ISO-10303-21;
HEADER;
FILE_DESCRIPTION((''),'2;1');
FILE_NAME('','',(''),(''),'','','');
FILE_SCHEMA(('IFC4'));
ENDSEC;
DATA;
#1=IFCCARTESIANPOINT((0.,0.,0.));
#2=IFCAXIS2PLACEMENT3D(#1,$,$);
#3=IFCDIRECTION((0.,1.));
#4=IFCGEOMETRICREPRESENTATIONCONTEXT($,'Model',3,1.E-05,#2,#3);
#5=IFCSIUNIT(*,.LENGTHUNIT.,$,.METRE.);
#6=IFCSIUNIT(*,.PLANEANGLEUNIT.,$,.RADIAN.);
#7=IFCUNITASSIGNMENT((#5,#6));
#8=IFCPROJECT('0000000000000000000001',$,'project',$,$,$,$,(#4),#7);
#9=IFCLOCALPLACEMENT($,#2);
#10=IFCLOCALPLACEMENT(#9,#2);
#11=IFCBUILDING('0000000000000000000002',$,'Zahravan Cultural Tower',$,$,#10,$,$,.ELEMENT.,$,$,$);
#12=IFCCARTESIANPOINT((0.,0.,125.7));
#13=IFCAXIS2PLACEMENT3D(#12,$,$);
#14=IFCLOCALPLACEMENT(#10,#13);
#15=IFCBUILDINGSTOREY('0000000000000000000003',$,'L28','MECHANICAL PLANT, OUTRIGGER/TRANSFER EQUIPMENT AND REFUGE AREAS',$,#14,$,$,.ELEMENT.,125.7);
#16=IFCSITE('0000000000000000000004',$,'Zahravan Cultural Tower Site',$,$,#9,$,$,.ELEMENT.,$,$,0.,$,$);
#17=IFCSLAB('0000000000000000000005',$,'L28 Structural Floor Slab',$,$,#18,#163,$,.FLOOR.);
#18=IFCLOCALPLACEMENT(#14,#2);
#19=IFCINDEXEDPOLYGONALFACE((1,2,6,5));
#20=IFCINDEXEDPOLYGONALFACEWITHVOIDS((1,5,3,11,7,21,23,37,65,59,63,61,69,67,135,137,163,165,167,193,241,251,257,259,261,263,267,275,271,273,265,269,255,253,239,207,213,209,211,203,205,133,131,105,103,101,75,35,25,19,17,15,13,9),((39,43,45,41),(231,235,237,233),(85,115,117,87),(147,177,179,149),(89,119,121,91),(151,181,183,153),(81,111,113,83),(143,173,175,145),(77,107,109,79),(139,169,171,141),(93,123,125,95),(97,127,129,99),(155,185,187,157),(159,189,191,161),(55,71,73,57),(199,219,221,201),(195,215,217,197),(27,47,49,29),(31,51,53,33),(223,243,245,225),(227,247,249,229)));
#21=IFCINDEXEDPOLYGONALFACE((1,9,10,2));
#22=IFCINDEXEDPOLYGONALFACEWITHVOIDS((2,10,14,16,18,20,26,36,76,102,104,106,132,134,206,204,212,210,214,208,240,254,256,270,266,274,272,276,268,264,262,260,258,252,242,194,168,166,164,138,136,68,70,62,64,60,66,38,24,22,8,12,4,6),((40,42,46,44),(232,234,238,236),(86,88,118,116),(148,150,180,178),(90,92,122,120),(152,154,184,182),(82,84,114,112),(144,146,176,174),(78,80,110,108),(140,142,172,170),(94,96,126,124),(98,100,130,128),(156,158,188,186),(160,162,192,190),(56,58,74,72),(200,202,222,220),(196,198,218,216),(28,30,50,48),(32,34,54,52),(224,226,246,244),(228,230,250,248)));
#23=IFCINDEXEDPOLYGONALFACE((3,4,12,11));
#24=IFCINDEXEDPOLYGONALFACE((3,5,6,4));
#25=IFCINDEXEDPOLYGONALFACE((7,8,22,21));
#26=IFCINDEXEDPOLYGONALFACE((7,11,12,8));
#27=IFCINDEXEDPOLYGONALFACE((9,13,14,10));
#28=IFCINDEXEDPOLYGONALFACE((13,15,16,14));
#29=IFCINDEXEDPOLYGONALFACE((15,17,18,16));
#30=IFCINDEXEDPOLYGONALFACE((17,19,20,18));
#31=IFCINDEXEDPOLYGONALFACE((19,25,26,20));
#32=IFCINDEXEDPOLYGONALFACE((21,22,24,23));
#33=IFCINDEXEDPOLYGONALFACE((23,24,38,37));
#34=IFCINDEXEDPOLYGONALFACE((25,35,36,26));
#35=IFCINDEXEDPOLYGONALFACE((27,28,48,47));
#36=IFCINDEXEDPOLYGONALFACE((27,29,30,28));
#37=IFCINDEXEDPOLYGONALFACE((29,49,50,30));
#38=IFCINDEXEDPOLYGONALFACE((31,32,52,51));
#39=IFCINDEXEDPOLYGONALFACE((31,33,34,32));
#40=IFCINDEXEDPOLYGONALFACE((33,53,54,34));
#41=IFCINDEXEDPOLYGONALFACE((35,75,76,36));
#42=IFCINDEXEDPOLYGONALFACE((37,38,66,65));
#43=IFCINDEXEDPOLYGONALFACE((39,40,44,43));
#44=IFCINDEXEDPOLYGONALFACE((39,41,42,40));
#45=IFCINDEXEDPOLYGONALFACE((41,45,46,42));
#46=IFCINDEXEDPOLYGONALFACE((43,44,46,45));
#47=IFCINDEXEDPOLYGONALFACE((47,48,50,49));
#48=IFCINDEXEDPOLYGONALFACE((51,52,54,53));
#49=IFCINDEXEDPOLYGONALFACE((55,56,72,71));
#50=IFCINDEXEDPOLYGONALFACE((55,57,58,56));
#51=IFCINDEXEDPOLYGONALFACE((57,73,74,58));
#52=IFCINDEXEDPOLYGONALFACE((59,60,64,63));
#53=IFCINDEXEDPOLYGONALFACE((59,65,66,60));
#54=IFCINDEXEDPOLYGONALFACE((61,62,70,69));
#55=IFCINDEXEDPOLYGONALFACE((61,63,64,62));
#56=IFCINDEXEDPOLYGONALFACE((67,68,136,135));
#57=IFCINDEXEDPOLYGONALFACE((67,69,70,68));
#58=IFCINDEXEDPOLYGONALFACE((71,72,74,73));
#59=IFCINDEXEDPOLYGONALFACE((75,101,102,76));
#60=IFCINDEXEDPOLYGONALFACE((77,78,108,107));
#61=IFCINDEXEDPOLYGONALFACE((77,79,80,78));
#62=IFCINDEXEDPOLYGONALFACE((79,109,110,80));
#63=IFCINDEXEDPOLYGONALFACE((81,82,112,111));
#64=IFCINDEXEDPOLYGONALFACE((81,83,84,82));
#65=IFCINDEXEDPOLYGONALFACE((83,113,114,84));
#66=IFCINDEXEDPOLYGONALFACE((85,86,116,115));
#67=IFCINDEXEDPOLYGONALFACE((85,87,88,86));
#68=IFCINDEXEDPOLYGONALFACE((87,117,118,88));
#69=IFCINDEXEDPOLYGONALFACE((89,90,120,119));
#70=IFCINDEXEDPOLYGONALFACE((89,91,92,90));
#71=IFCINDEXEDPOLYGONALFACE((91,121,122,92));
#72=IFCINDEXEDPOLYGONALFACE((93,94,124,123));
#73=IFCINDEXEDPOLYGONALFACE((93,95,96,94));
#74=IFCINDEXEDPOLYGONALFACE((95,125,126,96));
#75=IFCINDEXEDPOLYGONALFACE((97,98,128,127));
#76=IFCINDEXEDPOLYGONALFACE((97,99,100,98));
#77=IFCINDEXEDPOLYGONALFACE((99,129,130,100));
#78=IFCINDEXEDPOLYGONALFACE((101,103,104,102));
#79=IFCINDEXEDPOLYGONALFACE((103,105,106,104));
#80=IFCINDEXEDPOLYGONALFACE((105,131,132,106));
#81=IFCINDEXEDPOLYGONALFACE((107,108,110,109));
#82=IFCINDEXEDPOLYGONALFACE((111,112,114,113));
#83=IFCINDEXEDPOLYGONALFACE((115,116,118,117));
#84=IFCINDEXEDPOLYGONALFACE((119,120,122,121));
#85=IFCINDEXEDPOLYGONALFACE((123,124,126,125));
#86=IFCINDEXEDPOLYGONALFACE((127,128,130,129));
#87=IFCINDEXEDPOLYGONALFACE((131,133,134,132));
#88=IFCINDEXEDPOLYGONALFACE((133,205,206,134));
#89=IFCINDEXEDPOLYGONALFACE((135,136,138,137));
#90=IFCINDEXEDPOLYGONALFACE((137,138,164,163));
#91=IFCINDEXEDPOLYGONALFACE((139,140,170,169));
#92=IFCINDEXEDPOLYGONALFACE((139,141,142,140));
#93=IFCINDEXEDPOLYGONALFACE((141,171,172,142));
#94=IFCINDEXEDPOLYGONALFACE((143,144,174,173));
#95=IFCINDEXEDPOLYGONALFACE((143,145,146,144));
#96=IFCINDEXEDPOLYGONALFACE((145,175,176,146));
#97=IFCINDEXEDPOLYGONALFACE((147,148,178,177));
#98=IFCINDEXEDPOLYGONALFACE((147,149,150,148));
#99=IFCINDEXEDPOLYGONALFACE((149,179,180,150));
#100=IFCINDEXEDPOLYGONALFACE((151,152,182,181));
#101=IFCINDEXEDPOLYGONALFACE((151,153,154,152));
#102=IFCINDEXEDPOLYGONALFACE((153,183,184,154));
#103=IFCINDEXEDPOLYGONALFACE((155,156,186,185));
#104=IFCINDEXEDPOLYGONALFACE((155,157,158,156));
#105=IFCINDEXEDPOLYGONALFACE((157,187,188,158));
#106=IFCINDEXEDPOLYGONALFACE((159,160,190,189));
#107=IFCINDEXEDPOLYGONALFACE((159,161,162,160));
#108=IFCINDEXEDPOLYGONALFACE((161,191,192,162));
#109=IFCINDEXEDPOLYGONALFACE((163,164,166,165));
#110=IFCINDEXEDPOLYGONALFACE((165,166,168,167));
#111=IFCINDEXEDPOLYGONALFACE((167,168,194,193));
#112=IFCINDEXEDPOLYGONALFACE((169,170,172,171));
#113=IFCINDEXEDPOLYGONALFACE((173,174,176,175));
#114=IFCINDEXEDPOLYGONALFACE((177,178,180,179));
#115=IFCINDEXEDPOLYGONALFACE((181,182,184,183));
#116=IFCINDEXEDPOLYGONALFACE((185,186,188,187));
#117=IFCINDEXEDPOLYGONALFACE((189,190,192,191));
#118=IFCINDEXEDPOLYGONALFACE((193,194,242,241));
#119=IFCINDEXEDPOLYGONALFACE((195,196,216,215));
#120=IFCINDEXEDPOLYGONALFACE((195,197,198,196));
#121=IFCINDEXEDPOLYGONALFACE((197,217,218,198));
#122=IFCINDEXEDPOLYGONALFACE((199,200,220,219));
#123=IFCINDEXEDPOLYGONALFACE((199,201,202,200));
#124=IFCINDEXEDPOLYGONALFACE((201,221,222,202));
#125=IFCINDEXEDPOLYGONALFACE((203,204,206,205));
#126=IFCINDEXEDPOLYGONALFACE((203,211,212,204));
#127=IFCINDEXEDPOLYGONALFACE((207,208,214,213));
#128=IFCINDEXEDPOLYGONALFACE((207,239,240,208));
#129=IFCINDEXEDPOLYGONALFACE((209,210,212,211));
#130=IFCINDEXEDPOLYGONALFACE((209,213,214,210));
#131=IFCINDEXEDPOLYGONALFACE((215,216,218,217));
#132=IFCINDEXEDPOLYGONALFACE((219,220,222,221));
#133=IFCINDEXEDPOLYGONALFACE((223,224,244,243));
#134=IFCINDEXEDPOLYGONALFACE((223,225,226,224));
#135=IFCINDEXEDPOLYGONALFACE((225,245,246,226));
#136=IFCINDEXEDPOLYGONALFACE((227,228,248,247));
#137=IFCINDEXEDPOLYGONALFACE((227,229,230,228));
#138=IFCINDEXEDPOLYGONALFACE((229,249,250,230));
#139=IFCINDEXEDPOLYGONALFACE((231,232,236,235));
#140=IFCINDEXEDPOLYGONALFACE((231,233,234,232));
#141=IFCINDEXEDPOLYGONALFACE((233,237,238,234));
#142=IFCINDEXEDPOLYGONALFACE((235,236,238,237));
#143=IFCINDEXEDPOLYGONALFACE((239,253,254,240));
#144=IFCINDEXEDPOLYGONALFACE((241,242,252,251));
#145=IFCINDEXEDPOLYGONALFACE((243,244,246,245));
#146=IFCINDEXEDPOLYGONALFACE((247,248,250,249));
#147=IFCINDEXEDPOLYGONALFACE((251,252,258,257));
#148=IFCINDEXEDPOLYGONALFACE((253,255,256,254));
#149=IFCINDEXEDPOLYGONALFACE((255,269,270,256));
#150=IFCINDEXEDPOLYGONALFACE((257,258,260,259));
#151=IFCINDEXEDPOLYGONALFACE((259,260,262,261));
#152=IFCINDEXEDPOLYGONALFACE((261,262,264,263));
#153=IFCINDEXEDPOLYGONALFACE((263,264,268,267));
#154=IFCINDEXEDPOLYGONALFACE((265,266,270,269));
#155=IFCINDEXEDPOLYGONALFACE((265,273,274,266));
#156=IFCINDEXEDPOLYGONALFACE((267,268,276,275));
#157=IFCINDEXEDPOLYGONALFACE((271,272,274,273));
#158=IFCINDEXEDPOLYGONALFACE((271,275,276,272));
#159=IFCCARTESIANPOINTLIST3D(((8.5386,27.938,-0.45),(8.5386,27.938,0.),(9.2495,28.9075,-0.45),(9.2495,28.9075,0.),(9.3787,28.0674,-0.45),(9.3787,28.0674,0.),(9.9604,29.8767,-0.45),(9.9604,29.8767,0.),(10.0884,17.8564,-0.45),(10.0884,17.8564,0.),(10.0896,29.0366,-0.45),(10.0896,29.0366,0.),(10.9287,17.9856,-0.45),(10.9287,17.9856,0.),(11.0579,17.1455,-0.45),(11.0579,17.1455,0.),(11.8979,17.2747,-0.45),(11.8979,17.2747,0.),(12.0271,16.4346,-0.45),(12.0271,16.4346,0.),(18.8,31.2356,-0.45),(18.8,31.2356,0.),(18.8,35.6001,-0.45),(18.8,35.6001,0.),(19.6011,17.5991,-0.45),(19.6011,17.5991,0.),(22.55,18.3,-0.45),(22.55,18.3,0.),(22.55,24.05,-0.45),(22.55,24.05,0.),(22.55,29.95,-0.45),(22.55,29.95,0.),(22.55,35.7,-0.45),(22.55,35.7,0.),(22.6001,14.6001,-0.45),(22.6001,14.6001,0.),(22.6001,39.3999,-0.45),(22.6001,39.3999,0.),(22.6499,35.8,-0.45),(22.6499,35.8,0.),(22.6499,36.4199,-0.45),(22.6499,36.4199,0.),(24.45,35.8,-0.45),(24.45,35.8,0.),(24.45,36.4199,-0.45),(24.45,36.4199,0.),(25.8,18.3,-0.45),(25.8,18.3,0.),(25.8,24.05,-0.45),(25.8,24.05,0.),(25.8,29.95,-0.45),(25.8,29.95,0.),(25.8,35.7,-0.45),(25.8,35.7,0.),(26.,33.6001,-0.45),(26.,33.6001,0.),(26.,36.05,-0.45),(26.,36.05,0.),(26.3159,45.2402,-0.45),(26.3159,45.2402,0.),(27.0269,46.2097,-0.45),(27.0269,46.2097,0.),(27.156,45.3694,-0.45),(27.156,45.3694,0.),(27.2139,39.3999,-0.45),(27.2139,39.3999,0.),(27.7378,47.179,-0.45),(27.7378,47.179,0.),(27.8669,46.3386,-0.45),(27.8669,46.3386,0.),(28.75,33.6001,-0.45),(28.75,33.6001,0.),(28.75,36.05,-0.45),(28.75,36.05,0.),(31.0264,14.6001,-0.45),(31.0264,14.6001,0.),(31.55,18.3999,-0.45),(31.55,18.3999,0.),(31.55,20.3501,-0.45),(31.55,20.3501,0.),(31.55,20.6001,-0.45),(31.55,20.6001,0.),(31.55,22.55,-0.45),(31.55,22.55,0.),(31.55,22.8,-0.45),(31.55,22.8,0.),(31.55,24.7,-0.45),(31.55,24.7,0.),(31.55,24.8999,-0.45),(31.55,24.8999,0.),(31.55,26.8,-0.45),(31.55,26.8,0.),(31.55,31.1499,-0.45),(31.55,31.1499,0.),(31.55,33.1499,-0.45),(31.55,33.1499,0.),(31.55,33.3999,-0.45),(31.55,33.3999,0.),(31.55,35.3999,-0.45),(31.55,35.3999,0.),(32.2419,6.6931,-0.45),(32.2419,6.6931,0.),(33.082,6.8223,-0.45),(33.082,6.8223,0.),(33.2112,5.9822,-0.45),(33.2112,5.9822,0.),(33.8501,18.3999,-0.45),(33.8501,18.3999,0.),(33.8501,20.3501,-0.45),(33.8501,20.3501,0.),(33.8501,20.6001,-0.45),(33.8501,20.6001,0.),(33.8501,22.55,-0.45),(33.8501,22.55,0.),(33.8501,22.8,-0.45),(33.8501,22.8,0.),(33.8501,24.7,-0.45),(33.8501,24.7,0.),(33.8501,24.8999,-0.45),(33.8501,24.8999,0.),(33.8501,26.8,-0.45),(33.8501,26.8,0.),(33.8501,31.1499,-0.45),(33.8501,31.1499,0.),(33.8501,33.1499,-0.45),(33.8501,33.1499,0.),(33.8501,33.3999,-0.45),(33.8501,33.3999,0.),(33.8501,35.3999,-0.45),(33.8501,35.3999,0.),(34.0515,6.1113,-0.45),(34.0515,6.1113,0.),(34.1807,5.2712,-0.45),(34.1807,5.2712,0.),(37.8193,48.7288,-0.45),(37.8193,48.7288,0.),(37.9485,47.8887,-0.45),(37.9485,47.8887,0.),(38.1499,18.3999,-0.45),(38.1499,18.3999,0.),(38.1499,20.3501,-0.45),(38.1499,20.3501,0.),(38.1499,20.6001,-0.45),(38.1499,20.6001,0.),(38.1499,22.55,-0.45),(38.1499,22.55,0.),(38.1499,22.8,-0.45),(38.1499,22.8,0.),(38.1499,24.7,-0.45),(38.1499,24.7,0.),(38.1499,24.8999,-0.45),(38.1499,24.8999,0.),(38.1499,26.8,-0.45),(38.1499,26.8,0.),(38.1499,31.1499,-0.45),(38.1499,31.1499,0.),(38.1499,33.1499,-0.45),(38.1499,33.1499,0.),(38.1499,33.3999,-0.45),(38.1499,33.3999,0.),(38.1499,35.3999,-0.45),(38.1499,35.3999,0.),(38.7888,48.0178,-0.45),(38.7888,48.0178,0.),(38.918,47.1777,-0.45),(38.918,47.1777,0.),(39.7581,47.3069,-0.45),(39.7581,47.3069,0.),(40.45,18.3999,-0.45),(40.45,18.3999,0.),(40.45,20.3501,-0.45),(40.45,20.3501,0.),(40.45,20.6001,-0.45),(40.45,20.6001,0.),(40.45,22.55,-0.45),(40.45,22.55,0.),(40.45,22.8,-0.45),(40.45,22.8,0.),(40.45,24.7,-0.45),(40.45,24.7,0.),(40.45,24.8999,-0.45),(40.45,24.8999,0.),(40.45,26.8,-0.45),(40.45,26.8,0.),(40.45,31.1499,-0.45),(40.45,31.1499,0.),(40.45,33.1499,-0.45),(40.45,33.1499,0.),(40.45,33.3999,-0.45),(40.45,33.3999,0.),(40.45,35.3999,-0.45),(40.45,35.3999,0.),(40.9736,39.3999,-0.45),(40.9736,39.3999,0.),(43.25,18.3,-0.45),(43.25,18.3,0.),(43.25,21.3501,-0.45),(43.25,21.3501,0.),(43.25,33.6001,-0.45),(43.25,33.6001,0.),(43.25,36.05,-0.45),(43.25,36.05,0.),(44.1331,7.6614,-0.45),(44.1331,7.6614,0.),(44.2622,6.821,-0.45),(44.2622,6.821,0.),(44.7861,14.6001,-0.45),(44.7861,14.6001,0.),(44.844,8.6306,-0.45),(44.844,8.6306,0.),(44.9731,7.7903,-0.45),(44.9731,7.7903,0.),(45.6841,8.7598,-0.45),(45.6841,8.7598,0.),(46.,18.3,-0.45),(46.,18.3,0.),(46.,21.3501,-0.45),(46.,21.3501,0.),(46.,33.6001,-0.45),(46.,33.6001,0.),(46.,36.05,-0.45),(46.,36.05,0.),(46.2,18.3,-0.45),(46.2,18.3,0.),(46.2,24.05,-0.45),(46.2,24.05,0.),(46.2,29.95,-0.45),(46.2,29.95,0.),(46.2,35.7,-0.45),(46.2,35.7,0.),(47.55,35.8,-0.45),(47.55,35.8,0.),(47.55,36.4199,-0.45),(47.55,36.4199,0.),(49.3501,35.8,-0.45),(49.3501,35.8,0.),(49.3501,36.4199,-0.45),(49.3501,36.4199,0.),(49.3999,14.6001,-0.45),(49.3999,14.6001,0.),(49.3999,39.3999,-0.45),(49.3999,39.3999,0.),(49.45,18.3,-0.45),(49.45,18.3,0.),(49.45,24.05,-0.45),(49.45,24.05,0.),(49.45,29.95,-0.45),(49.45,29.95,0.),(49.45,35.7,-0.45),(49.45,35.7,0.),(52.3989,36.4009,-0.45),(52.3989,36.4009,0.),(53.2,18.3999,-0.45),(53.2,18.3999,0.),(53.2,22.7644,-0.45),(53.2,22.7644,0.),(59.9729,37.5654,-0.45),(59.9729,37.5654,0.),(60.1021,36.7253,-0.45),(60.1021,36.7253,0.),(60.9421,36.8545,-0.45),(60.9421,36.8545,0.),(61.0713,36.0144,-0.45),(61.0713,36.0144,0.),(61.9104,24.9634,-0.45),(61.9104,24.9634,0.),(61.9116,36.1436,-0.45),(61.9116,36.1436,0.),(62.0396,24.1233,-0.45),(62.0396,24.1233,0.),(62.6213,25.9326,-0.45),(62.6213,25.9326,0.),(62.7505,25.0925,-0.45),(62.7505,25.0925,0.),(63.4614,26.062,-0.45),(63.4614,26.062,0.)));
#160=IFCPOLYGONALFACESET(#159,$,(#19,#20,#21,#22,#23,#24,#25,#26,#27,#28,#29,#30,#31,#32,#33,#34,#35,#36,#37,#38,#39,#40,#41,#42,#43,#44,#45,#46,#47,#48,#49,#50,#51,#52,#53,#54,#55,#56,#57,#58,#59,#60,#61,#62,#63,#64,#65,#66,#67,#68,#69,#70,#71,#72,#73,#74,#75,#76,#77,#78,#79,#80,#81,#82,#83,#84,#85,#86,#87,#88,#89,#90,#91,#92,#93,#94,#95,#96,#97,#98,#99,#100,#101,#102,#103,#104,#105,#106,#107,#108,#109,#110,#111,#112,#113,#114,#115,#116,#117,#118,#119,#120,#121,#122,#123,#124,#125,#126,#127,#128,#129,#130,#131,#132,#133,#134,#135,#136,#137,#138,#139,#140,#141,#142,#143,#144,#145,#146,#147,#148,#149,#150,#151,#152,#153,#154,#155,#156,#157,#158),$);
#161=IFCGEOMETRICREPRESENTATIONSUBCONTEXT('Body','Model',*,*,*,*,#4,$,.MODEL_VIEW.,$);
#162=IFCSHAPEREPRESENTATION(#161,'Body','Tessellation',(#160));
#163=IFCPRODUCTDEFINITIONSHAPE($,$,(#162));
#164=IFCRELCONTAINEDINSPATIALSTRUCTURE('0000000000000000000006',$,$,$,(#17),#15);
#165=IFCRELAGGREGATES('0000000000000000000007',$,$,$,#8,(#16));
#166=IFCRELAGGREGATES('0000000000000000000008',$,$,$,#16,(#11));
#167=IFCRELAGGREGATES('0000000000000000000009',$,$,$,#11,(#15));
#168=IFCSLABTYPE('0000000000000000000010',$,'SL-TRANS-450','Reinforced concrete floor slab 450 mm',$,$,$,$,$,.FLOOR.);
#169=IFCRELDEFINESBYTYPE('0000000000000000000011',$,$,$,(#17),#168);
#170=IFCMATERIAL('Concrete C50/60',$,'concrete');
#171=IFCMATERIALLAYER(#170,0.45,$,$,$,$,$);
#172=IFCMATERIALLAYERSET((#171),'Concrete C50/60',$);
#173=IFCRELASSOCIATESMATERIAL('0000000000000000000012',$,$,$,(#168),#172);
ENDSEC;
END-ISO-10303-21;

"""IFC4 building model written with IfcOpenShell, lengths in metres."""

from ifc_helpers import new_model, si_unit, direction, frame, origin, place, context, subcontext, project, spatial, polyline, outline, extrude, material, layer, layer_set, type_object, element, save


model = new_model("IFC4")

# Units and contexts
model_context = context("Model", 3, precision=1e-05, world=origin(), true_north=direction((0.0, 1.0)))
body_context = subcontext(model_context, "Body", "Model", "MODEL_VIEW")
ifc_project = project(units=[si_unit("LENGTHUNIT", "METRE"), si_unit("PLANEANGLEUNIT", "RADIAN")], contexts=[model_context])

# Site, building, storey
site_placement = place(None, origin())
site = spatial("IfcSite", under=ifc_project, at=site_placement, Name="Zahravan Cultural Tower Site", CompositionType="ELEMENT", RefElevation=0.0)
building_placement = place(site_placement, origin())
building = spatial("IfcBuilding", under=site, at=building_placement, Name="Zahravan Cultural Tower", CompositionType="ELEMENT")
storey_placement = place(building_placement, frame((0.0, 0.0, 125.7)))
storey = spatial("IfcBuildingStorey", under=building, at=storey_placement, Name="L28", Description="MECHANICAL PLANT, OUTRIGGER/TRANSFER EQUIPMENT AND REFUGE AREAS", CompositionType="ELEMENT", Elevation=125.7)

# Slab
ifc_material_1 = material(Name="Concrete C50/60", Category="concrete")
ifc_layer_1 = layer(ifc_material_1, 0.45)
ifc_layer_set_1 = layer_set([ifc_layer_1], Name="Concrete C50/60")
slab_type_1 = type_object("IfcSlabType", Name="SL-TRANS-450", Description="Reinforced concrete floor slab 450 mm", PredefinedType="FLOOR", material=ifc_layer_set_1)
slab_1_placement = place(storey_placement, frame((0.0, 0.0, -0.45)))
element("IfcSlab", 1, at=slab_1_placement, inside=storey, type_object=slab_type_1, Name="L28 Structural Floor Slab", PredefinedType="FLOOR", context=body_context, shape_type="SweptSolid", body=[
    extrude(outline(polyline([(52.3989, 36.4009), (49.3999, 39.3999), (40.9736, 39.3999), (39.7581, 47.3069), (38.918, 47.1777), (38.7888, 48.0178), (37.9485, 47.8887), (37.8193, 48.7288), (27.7378, 47.179), (27.8669, 46.3386), (27.0269, 46.2097), (27.156, 45.3694), (26.3159, 45.2402), (27.2139, 39.3999), (22.6001, 39.3999), (18.8, 35.6001), (18.8, 31.2356), (9.9604, 29.8767), (10.0896, 29.0366), (9.2495, 28.9075), (9.3787, 28.0674), (8.5386, 27.938), (10.0884, 17.8564), (10.9287, 17.9856), (11.0579, 17.1455), (11.8979, 17.2747), (12.0271, 16.4346), (19.6011, 17.5991), (22.6001, 14.6001), (31.0264, 14.6001), (32.2419, 6.6931), (33.082, 6.8223), (33.2112, 5.9822), (34.0515, 6.1113), (34.1807, 5.2712), (44.2622, 6.821), (44.1331, 7.6614), (44.9731, 7.7903), (44.844, 8.6306), (45.6841, 8.7598), (44.7861, 14.6001), (49.3999, 14.6001), (53.2, 18.3999), (53.2, 22.7644), (62.0396, 24.1233), (61.9104, 24.9634), (62.7505, 25.0925), (62.6213, 25.9326), (63.4614, 26.062), (61.9116, 36.1436), (61.0713, 36.0144), (60.9421, 36.8545), (60.1021, 36.7253), (59.9729, 37.5654), (52.3989, 36.4009)]), holes=[polyline([(22.55, 29.95), (22.55, 35.7), (25.8, 35.7), (25.8, 29.95), (22.55, 29.95)]), polyline([(22.55, 18.3), (22.55, 24.05), (25.8, 24.05), (25.8, 18.3), (22.55, 18.3)]), polyline([(46.2, 29.95), (46.2, 35.7), (49.45, 35.7), (49.45, 29.95), (46.2, 29.95)]), polyline([(46.2, 18.3), (46.2, 24.05), (49.45, 24.05), (49.45, 18.3), (46.2, 18.3)]), polyline([(26.0, 33.6001), (26.0, 36.05), (28.75, 36.05), (28.75, 33.6001), (26.0, 33.6001)]), polyline([(43.25, 33.6001), (43.25, 36.05), (46.0, 36.05), (46.0, 33.6001), (43.25, 33.6001)]), polyline([(43.25, 18.3), (43.25, 21.3501), (46.0, 21.3501), (46.0, 18.3), (43.25, 18.3)]), polyline([(31.55, 33.3999), (31.55, 35.3999), (33.8501, 35.3999), (33.8501, 33.3999), (31.55, 33.3999)]), polyline([(31.55, 31.1499), (31.55, 33.1499), (33.8501, 33.1499), (33.8501, 31.1499), (31.55, 31.1499)]), polyline([(38.1499, 33.3999), (38.1499, 35.3999), (40.45, 35.3999), (40.45, 33.3999), (38.1499, 33.3999)]), polyline([(38.1499, 31.1499), (38.1499, 33.1499), (40.45, 33.1499), (40.45, 31.1499), (38.1499, 31.1499)]), polyline([(31.55, 20.6001), (31.55, 22.55), (33.8501, 22.55), (33.8501, 20.6001), (31.55, 20.6001)]), polyline([(31.55, 18.3999), (31.55, 20.3501), (33.8501, 20.3501), (33.8501, 18.3999), (31.55, 18.3999)]), polyline([(38.1499, 20.6001), (38.1499, 22.55), (40.45, 22.55), (40.45, 20.6001), (38.1499, 20.6001)]), polyline([(38.1499, 18.3999), (38.1499, 20.3501), (40.45, 20.3501), (40.45, 18.3999), (38.1499, 18.3999)]), polyline([(31.55, 24.8999), (31.55, 26.8), (33.8501, 26.8), (33.8501, 24.8999), (31.55, 24.8999)]), polyline([(31.55, 22.8), (31.55, 24.7), (33.8501, 24.7), (33.8501, 22.8), (31.55, 22.8)]), polyline([(38.1499, 24.8999), (38.1499, 26.8), (40.45, 26.8), (40.45, 24.8999), (38.1499, 24.8999)]), polyline([(38.1499, 22.8), (38.1499, 24.7), (40.45, 24.7), (40.45, 22.8), (38.1499, 22.8)]), polyline([(22.6499, 35.8), (22.6499, 36.4199), (24.45, 36.4199), (24.45, 35.8), (22.6499, 35.8)]), polyline([(47.55, 35.8), (47.55, 36.4199), (49.3501, 36.4199), (49.3501, 35.8), (47.55, 35.8)])]), origin(), (0.0, 0.0, 1.0), 0.45),
])

save(model, "model.ifc")
